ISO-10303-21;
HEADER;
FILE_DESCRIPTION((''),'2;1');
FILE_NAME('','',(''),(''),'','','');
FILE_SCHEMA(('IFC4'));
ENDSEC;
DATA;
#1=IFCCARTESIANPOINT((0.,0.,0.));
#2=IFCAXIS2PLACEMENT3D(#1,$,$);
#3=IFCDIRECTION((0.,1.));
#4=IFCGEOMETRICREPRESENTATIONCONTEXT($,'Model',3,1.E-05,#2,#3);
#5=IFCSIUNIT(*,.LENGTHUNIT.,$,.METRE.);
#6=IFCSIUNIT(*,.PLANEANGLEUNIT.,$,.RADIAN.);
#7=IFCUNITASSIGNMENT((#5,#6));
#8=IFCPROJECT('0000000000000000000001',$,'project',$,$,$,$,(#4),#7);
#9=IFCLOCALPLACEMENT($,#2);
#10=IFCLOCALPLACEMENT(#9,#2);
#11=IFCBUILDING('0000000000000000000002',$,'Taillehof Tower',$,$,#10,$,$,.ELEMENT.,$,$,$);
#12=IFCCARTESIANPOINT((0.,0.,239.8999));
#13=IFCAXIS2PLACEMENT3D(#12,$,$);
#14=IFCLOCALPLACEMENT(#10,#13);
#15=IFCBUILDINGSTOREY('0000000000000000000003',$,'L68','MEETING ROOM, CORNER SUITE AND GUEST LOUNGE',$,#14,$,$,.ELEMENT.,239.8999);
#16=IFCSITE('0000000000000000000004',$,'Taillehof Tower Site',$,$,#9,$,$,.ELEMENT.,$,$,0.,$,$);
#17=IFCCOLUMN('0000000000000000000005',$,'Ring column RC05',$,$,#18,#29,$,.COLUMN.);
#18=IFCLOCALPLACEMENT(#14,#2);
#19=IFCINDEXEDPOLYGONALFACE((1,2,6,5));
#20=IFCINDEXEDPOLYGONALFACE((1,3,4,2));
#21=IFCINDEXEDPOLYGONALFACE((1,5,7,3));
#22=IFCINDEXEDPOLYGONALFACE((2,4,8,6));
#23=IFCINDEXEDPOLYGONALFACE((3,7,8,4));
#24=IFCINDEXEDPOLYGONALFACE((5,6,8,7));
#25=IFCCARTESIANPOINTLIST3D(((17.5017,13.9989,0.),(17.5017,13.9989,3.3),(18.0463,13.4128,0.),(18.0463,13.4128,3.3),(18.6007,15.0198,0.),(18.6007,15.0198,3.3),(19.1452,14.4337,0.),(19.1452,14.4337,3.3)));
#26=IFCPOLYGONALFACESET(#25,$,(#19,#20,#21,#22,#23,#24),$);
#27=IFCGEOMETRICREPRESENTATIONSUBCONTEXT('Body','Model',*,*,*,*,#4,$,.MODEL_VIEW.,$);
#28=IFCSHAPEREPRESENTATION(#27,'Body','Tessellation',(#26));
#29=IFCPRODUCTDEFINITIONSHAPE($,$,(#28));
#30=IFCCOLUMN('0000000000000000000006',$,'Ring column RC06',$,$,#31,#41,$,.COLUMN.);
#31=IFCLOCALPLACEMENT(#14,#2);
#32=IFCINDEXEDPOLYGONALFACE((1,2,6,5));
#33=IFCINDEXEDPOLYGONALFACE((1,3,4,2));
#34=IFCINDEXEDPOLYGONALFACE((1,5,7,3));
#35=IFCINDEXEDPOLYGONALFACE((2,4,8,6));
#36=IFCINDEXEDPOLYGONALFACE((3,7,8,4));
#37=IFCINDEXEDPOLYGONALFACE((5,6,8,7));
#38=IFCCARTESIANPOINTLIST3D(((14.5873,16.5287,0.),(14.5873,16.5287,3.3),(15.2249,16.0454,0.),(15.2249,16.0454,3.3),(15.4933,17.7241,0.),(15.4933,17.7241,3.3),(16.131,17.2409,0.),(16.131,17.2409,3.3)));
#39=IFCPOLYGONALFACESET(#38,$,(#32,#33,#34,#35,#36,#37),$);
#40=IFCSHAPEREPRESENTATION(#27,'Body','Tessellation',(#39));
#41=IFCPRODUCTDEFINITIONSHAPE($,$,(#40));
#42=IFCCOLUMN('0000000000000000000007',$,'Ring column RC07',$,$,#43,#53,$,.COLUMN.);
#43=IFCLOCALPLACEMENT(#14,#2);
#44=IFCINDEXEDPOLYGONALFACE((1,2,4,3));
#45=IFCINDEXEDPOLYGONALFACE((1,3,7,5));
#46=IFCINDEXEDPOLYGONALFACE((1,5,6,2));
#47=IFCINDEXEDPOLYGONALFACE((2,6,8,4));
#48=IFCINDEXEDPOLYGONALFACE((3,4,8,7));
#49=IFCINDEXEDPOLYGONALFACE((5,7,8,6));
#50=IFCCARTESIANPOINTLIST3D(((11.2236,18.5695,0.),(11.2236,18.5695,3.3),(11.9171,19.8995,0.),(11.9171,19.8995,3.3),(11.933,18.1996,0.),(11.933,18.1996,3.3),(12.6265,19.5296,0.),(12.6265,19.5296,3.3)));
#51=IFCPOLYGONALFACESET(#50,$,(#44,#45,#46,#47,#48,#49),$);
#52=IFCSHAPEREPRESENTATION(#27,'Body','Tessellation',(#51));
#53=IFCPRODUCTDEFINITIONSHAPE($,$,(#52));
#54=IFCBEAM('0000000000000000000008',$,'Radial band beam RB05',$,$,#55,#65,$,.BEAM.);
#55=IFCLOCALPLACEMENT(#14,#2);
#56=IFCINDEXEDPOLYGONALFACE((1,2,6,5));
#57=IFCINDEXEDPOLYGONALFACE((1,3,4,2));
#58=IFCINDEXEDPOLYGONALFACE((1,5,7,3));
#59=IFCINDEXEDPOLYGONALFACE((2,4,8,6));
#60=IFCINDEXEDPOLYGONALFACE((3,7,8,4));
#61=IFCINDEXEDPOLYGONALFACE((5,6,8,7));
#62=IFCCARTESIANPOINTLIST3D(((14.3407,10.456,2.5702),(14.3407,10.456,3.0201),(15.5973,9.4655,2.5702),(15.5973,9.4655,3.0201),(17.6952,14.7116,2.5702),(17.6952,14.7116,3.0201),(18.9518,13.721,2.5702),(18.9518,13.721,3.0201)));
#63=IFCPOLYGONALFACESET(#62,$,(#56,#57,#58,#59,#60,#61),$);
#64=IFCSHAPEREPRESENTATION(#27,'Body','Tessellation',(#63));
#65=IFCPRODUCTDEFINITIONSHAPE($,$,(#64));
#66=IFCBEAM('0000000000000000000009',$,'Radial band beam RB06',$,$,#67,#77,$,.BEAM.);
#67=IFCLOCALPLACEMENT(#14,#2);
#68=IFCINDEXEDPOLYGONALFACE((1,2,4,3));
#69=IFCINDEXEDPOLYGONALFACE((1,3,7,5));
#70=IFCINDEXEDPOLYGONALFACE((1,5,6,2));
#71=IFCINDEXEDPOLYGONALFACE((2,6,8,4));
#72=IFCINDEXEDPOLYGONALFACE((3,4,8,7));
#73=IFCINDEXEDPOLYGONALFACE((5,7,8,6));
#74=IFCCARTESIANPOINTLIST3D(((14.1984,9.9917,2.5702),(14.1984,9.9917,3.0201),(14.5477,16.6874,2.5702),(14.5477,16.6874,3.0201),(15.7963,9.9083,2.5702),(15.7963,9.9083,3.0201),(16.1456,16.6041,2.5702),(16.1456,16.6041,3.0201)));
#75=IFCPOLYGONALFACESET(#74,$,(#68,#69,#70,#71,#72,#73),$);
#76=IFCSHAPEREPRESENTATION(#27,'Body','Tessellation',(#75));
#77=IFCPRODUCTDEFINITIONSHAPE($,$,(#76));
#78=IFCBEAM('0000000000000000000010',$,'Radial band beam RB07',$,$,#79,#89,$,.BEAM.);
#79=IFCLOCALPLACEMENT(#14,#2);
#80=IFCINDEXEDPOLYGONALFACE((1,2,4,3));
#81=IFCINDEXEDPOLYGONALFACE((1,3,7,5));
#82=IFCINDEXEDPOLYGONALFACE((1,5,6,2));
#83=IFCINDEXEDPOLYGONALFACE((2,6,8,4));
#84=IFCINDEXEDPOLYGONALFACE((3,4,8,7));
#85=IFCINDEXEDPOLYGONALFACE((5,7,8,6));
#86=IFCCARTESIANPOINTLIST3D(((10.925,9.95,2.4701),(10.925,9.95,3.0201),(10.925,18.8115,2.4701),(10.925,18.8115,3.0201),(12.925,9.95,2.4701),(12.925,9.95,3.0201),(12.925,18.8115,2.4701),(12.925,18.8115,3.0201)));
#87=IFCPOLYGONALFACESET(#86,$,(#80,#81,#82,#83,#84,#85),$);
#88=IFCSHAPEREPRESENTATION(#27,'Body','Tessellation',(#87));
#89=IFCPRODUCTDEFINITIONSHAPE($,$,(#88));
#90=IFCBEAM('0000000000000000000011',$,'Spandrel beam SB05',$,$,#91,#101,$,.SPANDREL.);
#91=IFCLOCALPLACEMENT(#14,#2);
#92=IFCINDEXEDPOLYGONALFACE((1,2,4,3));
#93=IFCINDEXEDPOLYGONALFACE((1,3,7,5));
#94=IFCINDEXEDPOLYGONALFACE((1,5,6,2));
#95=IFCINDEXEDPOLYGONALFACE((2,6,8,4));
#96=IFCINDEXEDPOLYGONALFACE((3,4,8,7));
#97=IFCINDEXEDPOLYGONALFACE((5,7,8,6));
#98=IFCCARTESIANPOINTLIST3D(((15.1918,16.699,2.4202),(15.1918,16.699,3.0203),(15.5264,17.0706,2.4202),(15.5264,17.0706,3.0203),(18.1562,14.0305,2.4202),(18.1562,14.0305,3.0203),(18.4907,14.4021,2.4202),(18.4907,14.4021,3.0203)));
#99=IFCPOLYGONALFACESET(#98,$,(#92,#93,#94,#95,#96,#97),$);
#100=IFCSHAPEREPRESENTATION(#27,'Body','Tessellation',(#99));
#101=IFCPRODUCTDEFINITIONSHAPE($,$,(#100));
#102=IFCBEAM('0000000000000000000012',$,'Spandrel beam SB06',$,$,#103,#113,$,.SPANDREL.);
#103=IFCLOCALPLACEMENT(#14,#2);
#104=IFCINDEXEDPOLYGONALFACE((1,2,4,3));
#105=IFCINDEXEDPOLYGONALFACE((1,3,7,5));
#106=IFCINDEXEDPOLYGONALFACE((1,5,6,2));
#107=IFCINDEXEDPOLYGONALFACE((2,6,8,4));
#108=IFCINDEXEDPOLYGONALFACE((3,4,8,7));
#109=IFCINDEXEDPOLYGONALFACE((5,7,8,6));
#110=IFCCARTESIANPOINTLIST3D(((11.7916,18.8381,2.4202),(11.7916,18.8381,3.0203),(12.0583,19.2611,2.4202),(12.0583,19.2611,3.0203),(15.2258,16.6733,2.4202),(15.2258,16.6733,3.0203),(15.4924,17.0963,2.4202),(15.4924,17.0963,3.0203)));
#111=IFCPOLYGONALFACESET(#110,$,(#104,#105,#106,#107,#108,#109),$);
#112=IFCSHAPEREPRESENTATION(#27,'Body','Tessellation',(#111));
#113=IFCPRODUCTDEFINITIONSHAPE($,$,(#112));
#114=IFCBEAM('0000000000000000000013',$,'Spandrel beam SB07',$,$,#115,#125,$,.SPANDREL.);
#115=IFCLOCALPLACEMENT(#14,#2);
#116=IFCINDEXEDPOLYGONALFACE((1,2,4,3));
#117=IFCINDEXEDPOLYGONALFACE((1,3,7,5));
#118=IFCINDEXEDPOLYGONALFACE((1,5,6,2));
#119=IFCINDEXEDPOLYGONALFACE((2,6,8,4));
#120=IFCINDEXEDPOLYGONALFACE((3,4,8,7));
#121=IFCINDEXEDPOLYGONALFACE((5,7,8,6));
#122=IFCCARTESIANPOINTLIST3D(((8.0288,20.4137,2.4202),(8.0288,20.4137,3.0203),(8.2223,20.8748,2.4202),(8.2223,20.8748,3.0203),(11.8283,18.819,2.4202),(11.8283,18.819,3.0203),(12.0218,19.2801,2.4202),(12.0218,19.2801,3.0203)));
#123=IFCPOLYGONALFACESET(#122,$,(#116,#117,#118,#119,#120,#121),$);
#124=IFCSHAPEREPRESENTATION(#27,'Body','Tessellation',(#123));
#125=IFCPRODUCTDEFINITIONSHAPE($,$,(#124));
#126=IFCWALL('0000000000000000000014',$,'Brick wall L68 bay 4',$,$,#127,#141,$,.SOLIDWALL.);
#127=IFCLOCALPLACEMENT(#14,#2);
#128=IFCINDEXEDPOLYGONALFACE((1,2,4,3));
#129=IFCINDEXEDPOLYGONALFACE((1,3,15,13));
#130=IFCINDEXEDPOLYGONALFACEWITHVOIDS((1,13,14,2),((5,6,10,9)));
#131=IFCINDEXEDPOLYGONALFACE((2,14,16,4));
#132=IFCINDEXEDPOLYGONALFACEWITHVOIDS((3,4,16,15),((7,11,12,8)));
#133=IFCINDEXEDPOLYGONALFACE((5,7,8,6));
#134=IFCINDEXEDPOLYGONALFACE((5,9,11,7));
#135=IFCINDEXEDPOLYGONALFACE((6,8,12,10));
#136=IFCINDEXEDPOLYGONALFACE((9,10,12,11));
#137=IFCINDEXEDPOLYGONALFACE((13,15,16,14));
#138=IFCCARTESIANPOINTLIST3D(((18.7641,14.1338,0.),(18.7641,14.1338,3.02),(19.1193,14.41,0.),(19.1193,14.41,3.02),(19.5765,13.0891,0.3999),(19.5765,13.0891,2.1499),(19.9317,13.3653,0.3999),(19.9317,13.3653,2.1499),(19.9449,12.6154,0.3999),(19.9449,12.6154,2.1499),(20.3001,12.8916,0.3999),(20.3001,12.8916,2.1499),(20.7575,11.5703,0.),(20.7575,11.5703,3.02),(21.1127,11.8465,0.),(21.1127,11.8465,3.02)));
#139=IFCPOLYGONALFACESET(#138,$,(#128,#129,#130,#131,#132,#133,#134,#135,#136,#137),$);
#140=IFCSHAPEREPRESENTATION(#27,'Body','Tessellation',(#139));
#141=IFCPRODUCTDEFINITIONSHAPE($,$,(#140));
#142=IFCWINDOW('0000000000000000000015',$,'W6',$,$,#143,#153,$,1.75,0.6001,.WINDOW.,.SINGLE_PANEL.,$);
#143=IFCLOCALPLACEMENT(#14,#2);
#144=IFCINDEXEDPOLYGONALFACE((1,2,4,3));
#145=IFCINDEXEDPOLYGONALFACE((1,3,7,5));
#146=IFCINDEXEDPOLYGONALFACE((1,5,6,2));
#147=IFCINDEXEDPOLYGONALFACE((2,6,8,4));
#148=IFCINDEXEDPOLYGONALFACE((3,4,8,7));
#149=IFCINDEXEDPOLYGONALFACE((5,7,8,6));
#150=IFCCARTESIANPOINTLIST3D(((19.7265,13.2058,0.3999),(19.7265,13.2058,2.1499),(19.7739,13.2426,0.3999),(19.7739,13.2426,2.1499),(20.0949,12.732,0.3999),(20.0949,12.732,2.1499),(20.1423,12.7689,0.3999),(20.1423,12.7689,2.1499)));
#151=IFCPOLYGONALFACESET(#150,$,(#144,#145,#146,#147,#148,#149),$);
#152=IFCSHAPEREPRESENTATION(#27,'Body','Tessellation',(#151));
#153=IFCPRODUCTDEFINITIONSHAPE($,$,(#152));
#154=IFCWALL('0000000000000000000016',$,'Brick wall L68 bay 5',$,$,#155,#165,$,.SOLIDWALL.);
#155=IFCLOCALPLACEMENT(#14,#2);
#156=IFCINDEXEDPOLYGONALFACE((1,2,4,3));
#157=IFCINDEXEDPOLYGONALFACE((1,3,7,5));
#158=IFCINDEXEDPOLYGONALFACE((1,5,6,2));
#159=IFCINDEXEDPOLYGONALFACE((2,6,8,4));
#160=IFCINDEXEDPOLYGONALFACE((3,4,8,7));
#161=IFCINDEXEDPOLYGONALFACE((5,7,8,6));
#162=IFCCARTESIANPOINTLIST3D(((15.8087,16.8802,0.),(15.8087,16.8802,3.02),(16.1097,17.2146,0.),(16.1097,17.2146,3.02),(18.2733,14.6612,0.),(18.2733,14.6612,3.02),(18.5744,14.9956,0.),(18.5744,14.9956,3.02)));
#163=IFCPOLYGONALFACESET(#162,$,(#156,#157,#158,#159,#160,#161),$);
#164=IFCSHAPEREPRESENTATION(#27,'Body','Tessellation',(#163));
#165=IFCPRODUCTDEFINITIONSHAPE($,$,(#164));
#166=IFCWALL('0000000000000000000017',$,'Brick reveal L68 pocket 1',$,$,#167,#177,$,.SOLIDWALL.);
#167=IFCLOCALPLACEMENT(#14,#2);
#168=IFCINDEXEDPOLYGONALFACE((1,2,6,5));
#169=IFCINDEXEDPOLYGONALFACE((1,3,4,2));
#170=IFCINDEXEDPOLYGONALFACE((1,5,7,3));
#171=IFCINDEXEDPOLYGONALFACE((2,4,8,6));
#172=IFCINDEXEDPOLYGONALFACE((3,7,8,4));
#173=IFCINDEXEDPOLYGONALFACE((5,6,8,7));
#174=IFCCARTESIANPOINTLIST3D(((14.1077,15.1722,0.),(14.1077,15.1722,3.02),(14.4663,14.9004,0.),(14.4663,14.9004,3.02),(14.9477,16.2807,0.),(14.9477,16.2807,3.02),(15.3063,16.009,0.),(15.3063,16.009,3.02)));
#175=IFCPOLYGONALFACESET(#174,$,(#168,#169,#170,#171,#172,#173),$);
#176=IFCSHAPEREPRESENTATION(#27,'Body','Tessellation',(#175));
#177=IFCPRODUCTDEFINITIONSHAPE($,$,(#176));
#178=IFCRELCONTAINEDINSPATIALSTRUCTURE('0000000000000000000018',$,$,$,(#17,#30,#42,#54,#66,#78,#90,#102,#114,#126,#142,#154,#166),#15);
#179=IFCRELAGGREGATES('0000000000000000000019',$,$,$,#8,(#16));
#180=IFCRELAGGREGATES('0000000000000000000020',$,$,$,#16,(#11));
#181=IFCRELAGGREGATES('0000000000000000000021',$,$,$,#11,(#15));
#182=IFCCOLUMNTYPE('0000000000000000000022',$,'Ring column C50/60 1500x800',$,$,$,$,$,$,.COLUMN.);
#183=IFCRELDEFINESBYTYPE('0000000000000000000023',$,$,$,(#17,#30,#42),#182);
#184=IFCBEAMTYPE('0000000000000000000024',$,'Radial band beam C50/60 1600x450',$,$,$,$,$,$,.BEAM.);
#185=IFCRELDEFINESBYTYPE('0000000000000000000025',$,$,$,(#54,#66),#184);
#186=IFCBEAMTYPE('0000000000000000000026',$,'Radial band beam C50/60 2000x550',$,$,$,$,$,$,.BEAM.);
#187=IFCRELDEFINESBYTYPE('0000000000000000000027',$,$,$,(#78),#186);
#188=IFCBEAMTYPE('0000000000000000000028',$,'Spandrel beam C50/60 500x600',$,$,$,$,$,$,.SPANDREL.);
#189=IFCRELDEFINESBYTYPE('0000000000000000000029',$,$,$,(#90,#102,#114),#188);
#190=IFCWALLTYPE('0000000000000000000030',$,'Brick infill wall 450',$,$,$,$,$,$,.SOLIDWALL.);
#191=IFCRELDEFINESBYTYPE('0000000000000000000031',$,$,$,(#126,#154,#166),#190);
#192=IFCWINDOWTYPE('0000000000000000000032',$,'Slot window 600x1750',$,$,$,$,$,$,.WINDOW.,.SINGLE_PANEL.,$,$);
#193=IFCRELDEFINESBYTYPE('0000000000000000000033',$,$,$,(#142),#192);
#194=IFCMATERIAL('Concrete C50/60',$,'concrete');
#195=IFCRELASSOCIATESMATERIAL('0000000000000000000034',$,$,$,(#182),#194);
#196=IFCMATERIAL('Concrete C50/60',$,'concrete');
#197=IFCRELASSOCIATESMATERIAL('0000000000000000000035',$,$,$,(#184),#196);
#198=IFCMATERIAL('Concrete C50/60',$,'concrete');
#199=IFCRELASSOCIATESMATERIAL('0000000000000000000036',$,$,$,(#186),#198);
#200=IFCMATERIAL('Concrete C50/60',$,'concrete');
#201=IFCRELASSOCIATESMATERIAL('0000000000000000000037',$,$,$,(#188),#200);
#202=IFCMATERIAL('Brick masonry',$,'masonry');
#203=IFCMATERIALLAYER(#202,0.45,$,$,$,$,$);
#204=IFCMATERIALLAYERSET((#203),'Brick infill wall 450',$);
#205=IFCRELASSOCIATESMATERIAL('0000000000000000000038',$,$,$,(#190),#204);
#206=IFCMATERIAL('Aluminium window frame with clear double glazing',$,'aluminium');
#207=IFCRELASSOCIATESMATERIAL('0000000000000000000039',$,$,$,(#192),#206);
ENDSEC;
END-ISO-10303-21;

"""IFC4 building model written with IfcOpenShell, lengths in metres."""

from ifc_helpers import new_model, si_unit, direction, frame, frame_2d, origin, origin_2d, place, context, subcontext, project, spatial, rectangle, extrude, material, layer, layer_set, material_profile, profile_set, type_object, element, fill, save


model = new_model("IFC4")

# Units and contexts
model_context = context("Model", 3, precision=1e-05, world=origin(), true_north=direction((0.0, 1.0)))
body_context = subcontext(model_context, "Body", "Model", "MODEL_VIEW")
ifc_project = project(units=[si_unit("LENGTHUNIT", "METRE"), si_unit("PLANEANGLEUNIT", "RADIAN")], contexts=[model_context])

# Site, building, storey
site_placement = place(None, origin())
site = spatial("IfcSite", under=ifc_project, at=site_placement, Name="Taillehof Tower Site", CompositionType="ELEMENT", RefElevation=0.0)
building_placement = place(site_placement, origin())
building = spatial("IfcBuilding", under=site, at=building_placement, Name="Taillehof Tower", CompositionType="ELEMENT")
storey_placement = place(building_placement, frame((0.0, 0.0, 239.8999)))
storey = spatial("IfcBuildingStorey", under=building, at=storey_placement, Name="L68", Description="MEETING ROOM, CORNER SUITE AND GUEST LOUNGE", CompositionType="ELEMENT", Elevation=239.8999)

# Columns
ifc_material_1 = material(Name="Concrete C50/60", Category="concrete")
ifc_material_profile_1 = material_profile(ifc_material_1, rectangle(XDim=1.5, YDim=0.8, at=origin_2d()), Name="RC 1500x800")
ifc_profile_set_1 = profile_set([ifc_material_profile_1], Name="Concrete C50/60")
column_type = type_object("IfcColumnType", Name="Ring column C50/60 1500x800", PredefinedType="COLUMN", material=ifc_profile_set_1)
for number, where, z_axis, x_axis, name in (
    (1, (18.3235, 14.2163, 0.0), (0.0, 0.0, 1.0), (0.732636, 0.680621, 0.0), "Ring column RC05"),
    (2, (15.3591, 16.8848, 0.0), (0.0, 0.0, 1.0), (0.60402, 0.796969, 0.0), "Ring column RC06"),
    (3, (11.925, 19.0496, 0.0), (0.0, 0.0, 1.0), (0.462384, 0.88668, 0.0), "Ring column RC07"),
):
    element("IfcColumn", number, at=place(storey_placement, frame(where, z_axis=z_axis, x_axis=x_axis)), inside=storey, type_object=column_type, Name=name, PredefinedType="COLUMN", context=body_context, shape_type="SweptSolid", body=[
        extrude(rectangle(XDim=1.5, YDim=0.8, at=origin_2d()), origin(), (0.0, 0.0, 1.0), 3.3),
    ])

# Beams
ifc_material_2 = material(Name="Concrete C50/60", Category="concrete")
ifc_material_profile_2 = material_profile(ifc_material_2, rectangle(XDim=1.6001, YDim=0.45, at=origin_2d()), Name="RC 1600x450")
ifc_profile_set_2 = profile_set([ifc_material_profile_2], Name="Concrete C50/60")
beam_type_1 = type_object("IfcBeamType", Name="Radial band beam C50/60 1600x450", PredefinedType="BEAM", material=ifc_profile_set_2)
beam_1_placement = place(storey_placement, frame((18.3235, 14.2163, 2.7952), z_axis=(-0.619052, -0.78535, 0.0), x_axis=(0.78535, -0.619052, 0.0)))
element("IfcBeam", 4, at=beam_1_placement, inside=storey, type_object=beam_type_1, Name="Radial band beam RB05", PredefinedType="BEAM", context=body_context, shape_type="SweptSolid", body=[
    extrude(rectangle(XDim=1.6001, YDim=0.45, at=origin_2d()), origin(), (0.0, 0.0, 1.0), 5.4187),
])
beam_2_placement = place(storey_placement, frame((15.3467, 16.6458, 2.7952), z_axis=(-0.052106, -0.998642, 0.0), x_axis=(0.998642, -0.052106, 0.0)))
element("IfcBeam", 5, at=beam_2_placement, inside=storey, type_object=beam_type_1, Name="Radial band beam RB06", PredefinedType="BEAM", context=body_context, shape_type="SweptSolid", body=[
    extrude(rectangle(XDim=1.6001, YDim=0.45, at=origin_2d()), origin(), (0.0, 0.0, 1.0), 6.7048),
])
ifc_material_3 = material(Name="Concrete C50/60", Category="concrete")
ifc_material_profile_3 = material_profile(ifc_material_3, rectangle(XDim=2.0, YDim=0.55, at=origin_2d()), Name="RC 2000x550")
ifc_profile_set_3 = profile_set([ifc_material_profile_3], Name="Concrete C50/60")
beam_type_2 = type_object("IfcBeamType", Name="Radial band beam C50/60 2000x550", PredefinedType="BEAM", material=ifc_profile_set_3)
beam_3_placement = place(storey_placement, frame((11.925, 18.8115, 2.7451), z_axis=(0.0, -1.0, 0.0), x_axis=(1.0, 0.0, 0.0)))
element("IfcBeam", 6, at=beam_3_placement, inside=storey, type_object=beam_type_2, Name="Radial band beam RB07", PredefinedType="BEAM", context=body_context, shape_type="SweptSolid", body=[
    extrude(rectangle(XDim=2.0, YDim=0.55, at=origin_2d()), origin(), (0.0, 0.0, 1.0), 8.8616),
])
ifc_material_4 = material(Name="Concrete C50/60", Category="concrete")
ifc_material_profile_4 = material_profile(ifc_material_4, rectangle(XDim=0.5, YDim=0.6001, at=origin_2d()), Name="RC 500x600")
ifc_profile_set_4 = profile_set([ifc_material_profile_4], Name="Concrete C50/60")
beam_type_3 = type_object("IfcBeamType", Name="Spandrel beam C50/60 500x600", PredefinedType="SPANDREL", material=ifc_profile_set_4)
beam_4_placement = place(storey_placement, frame((18.3235, 14.2163, 2.7202), z_axis=(-0.743227, 0.669039, 0.0), x_axis=(-0.669039, -0.743227, 0.0)))
element("IfcBeam", 7, at=beam_4_placement, inside=storey, type_object=beam_type_3, Name="Spandrel beam SB05", PredefinedType="SPANDREL", context=body_context, shape_type="SweptSolid", body=[
    extrude(rectangle(XDim=0.5, YDim=0.6001, at=origin_2d()), origin(), (0.0, 0.0, 1.0), 3.9885),
])
beam_5_placement = place(storey_placement, frame((15.3591, 16.8848, 2.7202), z_axis=(-0.845944, 0.533271, 0.0), x_axis=(-0.533271, -0.845944, 0.0)))
element("IfcBeam", 8, at=beam_5_placement, inside=storey, type_object=beam_type_3, Name="Spandrel beam SB06", PredefinedType="SPANDREL", context=body_context, shape_type="SweptSolid", body=[
    extrude(rectangle(XDim=0.5, YDim=0.6001, at=origin_2d()), origin(), (0.0, 0.0, 1.0), 4.0596),
])
beam_6_placement = place(storey_placement, frame((11.925, 19.0496, 2.7202), z_axis=(-0.922076, 0.387008, 0.0), x_axis=(-0.387008, -0.922076, 0.0)))
element("IfcBeam", 9, at=beam_6_placement, inside=storey, type_object=beam_type_3, Name="Spandrel beam SB07", PredefinedType="SPANDREL", context=body_context, shape_type="SweptSolid", body=[
    extrude(rectangle(XDim=0.5, YDim=0.6001, at=origin_2d()), origin(), (0.0, 0.0, 1.0), 4.1206),
])

# Wall, opening, window
ifc_material_5 = material(Name="Brick masonry", Category="masonry")
ifc_layer_1 = layer(ifc_material_5, 0.45)
ifc_layer_set_1 = layer_set([ifc_layer_1], Name="Brick infill wall 450")
wall_type_1 = type_object("IfcWallType", Name="Brick infill wall 450", PredefinedType="SOLIDWALL", material=ifc_layer_set_1)
wall_1_placement = place(storey_placement, frame((20.9351, 11.7085, 0.0), z_axis=(0.0, 0.0, 1.0), x_axis=(-0.613863, 0.789413, 0.0)))
wall_1 = element("IfcWall", 10, at=wall_1_placement, inside=storey, type_object=wall_type_1, Name="Brick wall L68 bay 4", PredefinedType="SOLIDWALL", context=body_context, shape_type="SweptSolid", body=[
    extrude(rectangle(XDim=3.2473, YDim=0.45, at=frame_2d((1.6235, 0.0))), origin(), (0.0, 0.0, 1.0), 3.02),
])
opening_1_placement = place(wall_1_placement, frame((1.3237, 0.0, 0.3999)))
opening_1 = element("IfcOpeningElement", 11, at=opening_1_placement, cuts=wall_1, PredefinedType="OPENING", context=body_context, shape_type="SweptSolid", body=[
    extrude(rectangle(XDim=0.6001, YDim=1.75, at=frame_2d((0.3, 0.875))), frame((0.0, 0.2349, 0.0), z_axis=(0.0, -1.0, 0.0), x_axis=(1.0, 0.0, 0.0)), (0.0, 0.0, 1.0), 0.47),
])
ifc_material_6 = material(Name="Aluminium window frame with clear double glazing", Category="aluminium")
window_type_1 = type_object("IfcWindowType", Name="Slot window 600x1750", PartitioningType="SINGLE_PANEL", PredefinedType="WINDOW", material=ifc_material_6)
window_1_placement = place(opening_1_placement, origin())
window_1 = element("IfcWindow", 12, at=window_1_placement, inside=storey, type_object=window_type_1, Name="W6", OverallHeight=1.75, OverallWidth=0.6001, PartitioningType="SINGLE_PANEL", PredefinedType="WINDOW", context=body_context, shape_type="SweptSolid", body=[
    extrude(rectangle(XDim=0.6001, YDim=1.75, at=frame_2d((0.3, 0.875))), frame((0.0, 0.0349, 0.0), z_axis=(0.0, -1.0, 0.0), x_axis=(1.0, 0.0, 0.0)), (0.0, 0.0, 1.0), 0.0601),
])
fill(opening_1, window_1)

# Walls
wall_2_placement = place(storey_placement, frame((18.4238, 14.8284, 0.0), z_axis=(0.0, 0.0, 1.0), x_axis=(-0.743166, 0.669107, 0.0)))
element("IfcWall", 13, at=wall_2_placement, inside=storey, type_object=wall_type_1, Name="Brick wall L68 bay 5", PredefinedType="SOLIDWALL", context=body_context, shape_type="SweptSolid", body=[
    extrude(rectangle(XDim=3.3164, YDim=0.45, at=frame_2d((1.6582, 0.0))), origin(), (0.0, 0.0, 1.0), 3.02),
])
wall_3_placement = place(storey_placement, frame((15.127, 16.1448, 0.0), z_axis=(0.0, 0.0, 1.0), x_axis=(-0.603952, -0.79702, 0.0)))
element("IfcWall", 14, at=wall_3_placement, inside=storey, type_object=wall_type_1, Name="Brick reveal L68 pocket 1", PredefinedType="SOLIDWALL", context=body_context, shape_type="SweptSolid", body=[
    extrude(rectangle(XDim=1.3909, YDim=0.45, at=frame_2d((0.6953, 0.0))), origin(), (0.0, 0.0, 1.0), 3.02),
])

save(model, "model.ifc")
